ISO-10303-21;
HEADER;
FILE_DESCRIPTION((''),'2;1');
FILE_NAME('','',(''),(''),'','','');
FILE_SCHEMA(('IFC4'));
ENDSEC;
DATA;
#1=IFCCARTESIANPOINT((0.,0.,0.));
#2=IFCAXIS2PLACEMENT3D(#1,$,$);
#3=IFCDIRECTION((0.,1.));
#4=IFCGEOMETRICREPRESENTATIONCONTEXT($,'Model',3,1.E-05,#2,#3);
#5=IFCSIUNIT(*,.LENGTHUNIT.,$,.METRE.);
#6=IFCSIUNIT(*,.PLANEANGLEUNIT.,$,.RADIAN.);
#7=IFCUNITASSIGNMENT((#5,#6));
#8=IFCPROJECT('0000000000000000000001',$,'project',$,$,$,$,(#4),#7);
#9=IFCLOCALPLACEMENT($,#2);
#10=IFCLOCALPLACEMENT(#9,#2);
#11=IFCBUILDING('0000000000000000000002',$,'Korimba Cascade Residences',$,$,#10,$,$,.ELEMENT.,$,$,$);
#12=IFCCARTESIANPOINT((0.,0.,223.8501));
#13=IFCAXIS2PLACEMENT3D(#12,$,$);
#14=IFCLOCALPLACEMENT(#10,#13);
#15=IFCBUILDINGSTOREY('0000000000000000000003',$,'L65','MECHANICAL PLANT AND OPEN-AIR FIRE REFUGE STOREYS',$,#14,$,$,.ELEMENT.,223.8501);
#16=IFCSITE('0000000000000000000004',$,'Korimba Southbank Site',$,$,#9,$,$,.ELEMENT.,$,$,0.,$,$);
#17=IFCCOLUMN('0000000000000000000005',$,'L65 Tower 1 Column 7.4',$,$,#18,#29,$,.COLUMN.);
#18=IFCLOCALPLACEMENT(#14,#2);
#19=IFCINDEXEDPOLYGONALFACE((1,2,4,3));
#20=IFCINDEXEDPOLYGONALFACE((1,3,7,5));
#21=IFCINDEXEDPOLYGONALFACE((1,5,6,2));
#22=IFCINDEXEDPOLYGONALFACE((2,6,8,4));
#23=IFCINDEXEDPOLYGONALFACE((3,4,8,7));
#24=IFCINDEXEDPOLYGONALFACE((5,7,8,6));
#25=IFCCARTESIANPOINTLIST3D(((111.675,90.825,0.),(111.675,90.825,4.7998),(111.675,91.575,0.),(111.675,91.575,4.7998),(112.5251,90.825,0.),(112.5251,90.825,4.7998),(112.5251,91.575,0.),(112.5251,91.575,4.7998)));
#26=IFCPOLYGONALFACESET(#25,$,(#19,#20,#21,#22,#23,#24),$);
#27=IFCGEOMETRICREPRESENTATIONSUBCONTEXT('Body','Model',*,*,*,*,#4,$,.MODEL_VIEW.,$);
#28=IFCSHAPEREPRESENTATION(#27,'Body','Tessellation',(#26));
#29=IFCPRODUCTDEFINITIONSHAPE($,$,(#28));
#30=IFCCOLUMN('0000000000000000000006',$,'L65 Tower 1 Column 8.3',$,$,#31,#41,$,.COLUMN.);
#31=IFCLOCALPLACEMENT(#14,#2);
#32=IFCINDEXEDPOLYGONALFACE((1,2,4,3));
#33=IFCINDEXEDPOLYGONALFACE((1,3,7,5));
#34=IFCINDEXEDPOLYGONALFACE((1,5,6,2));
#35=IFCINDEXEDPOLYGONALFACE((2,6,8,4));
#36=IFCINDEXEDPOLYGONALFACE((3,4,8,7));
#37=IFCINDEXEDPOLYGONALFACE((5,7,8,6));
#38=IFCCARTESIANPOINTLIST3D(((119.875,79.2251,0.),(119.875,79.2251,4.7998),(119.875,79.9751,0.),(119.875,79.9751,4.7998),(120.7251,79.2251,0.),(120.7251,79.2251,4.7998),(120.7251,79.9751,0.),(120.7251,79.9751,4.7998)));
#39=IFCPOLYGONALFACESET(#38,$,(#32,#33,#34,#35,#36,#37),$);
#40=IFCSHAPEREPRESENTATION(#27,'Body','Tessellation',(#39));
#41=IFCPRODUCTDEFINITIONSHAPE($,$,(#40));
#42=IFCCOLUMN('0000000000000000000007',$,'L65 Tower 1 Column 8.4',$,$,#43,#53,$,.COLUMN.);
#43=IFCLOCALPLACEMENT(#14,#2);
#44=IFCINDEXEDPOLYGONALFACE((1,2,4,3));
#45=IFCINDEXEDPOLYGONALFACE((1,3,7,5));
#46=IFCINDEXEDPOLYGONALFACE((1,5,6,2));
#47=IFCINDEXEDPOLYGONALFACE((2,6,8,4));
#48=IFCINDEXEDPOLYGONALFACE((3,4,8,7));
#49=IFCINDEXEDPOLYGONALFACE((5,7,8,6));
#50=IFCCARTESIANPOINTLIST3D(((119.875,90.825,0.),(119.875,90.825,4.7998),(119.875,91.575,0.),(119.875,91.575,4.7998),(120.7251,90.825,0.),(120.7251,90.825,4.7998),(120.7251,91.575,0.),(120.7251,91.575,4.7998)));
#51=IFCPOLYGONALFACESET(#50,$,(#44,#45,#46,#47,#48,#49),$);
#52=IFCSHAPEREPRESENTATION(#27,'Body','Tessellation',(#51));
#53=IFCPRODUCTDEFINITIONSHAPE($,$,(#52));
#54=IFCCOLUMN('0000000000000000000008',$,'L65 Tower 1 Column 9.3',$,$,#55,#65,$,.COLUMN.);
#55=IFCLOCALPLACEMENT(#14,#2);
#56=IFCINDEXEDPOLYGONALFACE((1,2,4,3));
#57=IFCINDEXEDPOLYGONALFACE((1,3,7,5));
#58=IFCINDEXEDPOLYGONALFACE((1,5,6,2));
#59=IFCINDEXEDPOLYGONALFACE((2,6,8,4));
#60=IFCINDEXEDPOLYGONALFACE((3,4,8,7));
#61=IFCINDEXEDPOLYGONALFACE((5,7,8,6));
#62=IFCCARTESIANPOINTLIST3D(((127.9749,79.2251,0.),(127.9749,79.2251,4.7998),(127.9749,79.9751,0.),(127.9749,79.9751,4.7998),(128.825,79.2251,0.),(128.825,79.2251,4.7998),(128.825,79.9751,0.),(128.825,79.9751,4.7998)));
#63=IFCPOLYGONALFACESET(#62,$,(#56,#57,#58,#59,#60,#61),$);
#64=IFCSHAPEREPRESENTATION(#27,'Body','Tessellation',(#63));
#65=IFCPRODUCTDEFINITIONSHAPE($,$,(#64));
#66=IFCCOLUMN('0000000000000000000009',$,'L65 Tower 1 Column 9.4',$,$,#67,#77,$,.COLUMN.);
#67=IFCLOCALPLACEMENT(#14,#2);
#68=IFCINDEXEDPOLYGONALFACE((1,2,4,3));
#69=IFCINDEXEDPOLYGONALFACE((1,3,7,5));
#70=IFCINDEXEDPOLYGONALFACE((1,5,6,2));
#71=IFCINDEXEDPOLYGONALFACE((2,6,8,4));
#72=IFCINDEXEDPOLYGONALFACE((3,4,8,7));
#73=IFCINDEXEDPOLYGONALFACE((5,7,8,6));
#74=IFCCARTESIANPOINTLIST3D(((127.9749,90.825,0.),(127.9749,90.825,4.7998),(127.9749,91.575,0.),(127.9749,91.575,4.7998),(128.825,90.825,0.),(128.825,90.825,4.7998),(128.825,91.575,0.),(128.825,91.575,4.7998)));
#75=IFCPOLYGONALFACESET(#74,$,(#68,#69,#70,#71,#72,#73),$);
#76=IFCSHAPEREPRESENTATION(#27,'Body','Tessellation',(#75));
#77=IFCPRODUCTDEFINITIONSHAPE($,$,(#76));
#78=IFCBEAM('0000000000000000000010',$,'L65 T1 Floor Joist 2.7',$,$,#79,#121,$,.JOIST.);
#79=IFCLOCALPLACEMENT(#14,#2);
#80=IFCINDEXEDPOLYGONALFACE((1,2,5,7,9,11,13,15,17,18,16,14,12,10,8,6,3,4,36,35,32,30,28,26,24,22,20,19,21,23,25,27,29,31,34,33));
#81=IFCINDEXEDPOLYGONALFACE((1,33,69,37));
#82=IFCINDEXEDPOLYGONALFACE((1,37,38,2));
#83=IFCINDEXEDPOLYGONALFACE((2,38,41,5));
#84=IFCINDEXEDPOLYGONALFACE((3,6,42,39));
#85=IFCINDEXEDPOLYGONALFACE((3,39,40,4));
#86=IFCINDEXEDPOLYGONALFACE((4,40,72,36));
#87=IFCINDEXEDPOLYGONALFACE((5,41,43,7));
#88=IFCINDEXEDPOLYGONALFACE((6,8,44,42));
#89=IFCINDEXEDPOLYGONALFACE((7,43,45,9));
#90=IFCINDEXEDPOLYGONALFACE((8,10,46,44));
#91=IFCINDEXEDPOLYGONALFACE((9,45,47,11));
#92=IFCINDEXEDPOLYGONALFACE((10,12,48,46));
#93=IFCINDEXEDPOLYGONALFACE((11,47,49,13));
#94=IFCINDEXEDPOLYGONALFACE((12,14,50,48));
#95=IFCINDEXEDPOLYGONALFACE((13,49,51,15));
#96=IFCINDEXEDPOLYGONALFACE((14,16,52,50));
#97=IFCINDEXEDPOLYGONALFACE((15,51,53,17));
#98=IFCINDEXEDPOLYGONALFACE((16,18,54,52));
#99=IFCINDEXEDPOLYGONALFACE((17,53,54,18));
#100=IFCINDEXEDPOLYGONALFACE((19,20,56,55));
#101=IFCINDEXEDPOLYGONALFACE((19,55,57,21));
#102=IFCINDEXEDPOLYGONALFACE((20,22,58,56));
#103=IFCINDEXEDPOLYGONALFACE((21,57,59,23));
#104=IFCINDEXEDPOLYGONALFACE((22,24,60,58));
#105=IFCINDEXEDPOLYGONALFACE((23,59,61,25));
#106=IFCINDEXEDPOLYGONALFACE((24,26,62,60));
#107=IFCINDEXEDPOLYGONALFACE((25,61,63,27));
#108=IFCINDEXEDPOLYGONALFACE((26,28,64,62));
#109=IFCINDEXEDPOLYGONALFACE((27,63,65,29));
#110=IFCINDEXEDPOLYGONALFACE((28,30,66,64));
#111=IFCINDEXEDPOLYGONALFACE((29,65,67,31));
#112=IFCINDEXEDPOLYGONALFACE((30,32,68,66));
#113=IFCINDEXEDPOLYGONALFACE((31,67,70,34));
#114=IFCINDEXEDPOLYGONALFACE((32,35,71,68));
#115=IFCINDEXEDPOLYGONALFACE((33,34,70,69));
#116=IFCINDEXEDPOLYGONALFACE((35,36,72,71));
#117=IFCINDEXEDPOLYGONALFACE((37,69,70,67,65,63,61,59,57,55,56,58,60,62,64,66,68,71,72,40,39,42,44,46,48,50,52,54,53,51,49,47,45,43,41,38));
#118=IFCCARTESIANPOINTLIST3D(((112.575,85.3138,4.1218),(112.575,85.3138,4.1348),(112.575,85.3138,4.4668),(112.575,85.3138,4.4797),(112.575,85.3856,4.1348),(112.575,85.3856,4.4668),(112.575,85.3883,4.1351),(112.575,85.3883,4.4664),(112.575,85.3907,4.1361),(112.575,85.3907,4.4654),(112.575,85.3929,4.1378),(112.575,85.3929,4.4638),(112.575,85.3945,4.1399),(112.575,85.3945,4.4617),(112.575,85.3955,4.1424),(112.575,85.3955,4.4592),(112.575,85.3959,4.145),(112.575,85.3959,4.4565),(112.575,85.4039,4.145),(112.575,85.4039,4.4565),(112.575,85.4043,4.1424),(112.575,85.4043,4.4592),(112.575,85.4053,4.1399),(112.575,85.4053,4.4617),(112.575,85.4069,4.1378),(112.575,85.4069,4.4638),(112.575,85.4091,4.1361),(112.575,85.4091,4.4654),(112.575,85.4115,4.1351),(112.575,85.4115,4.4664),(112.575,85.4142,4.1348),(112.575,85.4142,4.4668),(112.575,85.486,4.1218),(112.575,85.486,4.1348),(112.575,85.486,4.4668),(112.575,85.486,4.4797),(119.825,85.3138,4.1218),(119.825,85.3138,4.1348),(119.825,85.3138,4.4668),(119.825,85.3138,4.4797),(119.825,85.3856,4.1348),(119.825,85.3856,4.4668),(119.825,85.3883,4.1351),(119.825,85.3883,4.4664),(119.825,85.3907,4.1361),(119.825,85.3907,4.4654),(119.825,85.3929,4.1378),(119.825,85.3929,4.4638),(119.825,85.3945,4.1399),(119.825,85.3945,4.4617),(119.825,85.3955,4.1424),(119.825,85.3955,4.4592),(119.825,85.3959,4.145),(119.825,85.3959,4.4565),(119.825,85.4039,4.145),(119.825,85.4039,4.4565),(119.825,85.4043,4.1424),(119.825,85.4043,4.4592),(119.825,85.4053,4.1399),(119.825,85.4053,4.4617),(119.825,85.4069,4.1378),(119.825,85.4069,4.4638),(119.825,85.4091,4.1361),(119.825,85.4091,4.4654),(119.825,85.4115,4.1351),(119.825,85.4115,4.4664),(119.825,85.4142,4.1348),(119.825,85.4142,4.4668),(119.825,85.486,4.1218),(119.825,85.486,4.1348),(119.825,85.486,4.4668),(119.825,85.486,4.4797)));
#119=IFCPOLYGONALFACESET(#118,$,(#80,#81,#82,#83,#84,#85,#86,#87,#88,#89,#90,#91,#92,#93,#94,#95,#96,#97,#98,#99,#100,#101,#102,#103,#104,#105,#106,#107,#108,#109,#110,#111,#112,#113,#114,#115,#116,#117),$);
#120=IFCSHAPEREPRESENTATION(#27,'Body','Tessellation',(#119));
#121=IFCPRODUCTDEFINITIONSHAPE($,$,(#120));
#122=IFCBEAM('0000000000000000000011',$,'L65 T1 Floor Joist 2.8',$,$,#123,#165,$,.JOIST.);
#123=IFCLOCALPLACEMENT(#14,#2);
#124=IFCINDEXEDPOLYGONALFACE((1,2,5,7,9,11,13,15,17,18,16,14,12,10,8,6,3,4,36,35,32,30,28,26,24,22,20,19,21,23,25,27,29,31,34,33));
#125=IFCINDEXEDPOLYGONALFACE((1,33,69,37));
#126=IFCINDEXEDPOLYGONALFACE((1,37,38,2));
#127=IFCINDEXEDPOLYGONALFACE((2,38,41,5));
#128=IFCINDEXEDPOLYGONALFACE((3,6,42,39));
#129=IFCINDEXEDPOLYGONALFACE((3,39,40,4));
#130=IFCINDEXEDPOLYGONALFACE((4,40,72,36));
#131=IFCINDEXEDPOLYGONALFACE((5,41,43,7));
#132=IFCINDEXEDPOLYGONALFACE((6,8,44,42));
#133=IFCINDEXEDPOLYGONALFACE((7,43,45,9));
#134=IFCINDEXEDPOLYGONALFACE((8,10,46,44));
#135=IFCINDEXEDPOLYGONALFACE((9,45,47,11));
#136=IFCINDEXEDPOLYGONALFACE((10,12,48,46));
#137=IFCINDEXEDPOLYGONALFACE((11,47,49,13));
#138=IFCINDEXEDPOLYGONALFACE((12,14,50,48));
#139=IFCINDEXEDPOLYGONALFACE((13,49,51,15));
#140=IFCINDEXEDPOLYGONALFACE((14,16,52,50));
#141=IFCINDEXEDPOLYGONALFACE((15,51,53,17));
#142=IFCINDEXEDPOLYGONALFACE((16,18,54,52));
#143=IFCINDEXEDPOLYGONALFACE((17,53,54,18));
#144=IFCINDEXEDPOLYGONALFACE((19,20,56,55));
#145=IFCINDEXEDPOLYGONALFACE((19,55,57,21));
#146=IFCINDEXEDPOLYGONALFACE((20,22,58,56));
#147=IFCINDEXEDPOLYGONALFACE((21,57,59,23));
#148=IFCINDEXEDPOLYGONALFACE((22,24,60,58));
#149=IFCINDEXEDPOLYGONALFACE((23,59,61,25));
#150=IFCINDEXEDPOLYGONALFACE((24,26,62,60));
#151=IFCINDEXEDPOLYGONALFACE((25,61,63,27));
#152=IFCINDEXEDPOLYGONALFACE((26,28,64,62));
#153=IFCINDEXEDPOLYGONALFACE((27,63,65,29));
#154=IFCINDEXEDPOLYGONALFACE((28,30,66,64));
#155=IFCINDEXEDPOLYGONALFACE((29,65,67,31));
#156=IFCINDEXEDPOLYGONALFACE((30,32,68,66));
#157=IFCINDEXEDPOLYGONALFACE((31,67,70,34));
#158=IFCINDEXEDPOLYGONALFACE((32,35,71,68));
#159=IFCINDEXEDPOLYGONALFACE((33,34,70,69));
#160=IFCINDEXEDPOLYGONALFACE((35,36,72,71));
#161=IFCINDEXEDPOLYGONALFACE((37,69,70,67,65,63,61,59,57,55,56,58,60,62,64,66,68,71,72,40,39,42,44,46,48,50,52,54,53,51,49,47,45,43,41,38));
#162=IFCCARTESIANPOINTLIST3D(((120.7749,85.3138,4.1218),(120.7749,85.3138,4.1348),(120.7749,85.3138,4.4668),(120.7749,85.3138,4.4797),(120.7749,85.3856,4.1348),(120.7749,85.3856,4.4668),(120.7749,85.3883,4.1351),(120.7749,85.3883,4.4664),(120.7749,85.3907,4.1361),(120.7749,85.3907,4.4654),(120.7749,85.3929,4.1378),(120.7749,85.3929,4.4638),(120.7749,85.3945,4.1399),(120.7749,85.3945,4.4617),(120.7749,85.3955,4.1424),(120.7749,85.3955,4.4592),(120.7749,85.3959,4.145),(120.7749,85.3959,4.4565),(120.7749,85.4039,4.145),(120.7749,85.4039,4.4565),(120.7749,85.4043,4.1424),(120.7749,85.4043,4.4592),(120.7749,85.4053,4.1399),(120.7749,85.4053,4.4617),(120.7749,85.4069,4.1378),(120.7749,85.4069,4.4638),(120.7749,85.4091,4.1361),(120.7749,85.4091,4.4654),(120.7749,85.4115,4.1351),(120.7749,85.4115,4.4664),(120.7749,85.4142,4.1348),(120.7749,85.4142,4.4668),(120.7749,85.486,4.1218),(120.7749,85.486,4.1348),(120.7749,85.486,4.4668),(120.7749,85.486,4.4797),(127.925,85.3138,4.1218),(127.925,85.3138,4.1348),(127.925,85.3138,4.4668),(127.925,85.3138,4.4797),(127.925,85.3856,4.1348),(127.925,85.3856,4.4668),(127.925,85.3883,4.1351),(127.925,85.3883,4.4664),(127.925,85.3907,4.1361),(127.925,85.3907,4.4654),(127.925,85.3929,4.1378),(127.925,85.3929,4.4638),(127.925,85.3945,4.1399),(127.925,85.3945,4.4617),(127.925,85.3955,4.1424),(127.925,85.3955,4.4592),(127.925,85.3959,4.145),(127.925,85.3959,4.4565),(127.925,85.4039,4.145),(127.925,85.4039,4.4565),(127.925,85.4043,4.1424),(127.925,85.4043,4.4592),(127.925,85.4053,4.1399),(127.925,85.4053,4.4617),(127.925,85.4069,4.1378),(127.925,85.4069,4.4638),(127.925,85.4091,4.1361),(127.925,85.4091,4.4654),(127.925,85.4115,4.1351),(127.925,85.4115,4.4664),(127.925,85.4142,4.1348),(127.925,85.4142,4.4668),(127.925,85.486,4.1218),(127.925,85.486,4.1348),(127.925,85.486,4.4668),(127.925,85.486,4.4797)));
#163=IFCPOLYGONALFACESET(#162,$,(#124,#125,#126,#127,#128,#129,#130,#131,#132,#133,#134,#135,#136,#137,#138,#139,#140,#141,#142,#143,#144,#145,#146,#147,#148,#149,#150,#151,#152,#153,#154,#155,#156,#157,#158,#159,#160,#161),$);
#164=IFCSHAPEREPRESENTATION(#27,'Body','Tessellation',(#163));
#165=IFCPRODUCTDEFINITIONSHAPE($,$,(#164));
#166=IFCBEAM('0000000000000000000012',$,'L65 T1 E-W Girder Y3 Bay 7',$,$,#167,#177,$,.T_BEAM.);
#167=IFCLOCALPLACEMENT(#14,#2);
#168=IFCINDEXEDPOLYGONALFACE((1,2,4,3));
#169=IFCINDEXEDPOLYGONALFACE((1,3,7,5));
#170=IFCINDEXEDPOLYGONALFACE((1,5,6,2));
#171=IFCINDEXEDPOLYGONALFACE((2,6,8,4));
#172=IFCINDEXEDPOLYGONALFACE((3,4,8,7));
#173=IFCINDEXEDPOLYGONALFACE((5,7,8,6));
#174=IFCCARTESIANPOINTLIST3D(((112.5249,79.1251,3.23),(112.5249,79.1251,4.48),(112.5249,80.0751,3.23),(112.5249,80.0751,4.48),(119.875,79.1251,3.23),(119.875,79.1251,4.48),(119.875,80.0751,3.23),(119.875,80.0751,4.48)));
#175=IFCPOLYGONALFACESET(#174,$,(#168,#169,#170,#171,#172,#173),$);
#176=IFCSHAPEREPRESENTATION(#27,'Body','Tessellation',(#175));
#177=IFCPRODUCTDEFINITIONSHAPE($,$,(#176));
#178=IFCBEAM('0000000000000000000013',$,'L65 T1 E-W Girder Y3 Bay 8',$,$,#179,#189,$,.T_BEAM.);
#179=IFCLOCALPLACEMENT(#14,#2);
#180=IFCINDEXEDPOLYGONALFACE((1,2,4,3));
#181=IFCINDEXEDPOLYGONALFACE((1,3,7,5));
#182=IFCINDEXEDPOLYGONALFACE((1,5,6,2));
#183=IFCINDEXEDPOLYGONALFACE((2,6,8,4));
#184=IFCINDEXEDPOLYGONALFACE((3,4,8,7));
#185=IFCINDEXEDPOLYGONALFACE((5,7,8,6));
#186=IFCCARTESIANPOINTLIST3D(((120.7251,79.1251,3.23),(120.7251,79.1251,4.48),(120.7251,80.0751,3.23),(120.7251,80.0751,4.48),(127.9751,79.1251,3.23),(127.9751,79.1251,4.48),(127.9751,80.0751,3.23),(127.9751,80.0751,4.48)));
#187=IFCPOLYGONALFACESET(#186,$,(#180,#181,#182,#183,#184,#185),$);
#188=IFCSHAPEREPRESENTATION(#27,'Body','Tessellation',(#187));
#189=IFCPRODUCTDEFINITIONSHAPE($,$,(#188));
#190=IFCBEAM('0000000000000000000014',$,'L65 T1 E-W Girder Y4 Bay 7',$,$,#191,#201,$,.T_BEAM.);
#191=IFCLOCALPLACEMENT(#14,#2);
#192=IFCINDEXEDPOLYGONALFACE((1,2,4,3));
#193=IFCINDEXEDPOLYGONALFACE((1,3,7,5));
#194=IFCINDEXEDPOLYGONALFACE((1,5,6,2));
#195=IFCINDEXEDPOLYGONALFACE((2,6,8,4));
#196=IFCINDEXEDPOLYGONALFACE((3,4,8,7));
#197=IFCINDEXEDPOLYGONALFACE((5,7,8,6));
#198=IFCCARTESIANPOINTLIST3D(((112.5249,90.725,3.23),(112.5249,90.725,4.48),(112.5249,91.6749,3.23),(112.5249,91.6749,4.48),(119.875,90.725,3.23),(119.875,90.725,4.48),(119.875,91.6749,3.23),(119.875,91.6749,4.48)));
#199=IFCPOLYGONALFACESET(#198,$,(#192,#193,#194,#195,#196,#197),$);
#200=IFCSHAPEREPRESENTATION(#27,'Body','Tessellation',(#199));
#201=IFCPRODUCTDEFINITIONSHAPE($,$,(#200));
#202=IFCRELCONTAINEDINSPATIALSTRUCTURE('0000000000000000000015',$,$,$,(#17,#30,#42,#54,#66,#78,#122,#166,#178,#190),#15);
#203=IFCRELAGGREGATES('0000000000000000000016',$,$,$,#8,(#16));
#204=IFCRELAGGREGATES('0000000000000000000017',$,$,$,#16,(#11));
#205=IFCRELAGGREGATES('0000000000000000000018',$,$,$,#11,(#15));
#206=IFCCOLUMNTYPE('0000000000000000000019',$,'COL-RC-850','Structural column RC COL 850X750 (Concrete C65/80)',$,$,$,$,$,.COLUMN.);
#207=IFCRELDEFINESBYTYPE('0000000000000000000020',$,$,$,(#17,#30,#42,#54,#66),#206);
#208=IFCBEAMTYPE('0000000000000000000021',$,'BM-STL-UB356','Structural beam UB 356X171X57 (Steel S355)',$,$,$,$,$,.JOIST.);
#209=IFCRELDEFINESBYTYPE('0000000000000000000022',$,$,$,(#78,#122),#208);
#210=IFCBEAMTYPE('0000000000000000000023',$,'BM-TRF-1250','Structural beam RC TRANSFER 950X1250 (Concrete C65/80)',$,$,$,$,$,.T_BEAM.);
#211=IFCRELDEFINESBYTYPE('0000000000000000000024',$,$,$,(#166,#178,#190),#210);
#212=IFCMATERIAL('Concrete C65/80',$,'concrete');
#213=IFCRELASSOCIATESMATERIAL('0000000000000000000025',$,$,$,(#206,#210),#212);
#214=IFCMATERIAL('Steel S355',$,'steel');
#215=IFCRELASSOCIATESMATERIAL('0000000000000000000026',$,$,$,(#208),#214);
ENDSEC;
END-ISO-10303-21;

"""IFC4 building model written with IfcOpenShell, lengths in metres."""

from ifc_helpers import new_model, si_unit, direction, frame, origin, origin_2d, place, context, subcontext, project, spatial, rectangle, i_section, extrude, material, material_profile, profile_set, type_object, element, save


model = new_model("IFC4")

# Units and contexts
model_context = context("Model", 3, precision=1e-05, world=origin(), true_north=direction((0.0, 1.0)))
body_context = subcontext(model_context, "Body", "Model", "MODEL_VIEW")
ifc_project = project(units=[si_unit("LENGTHUNIT", "METRE"), si_unit("PLANEANGLEUNIT", "RADIAN")], contexts=[model_context])

# Site, building, storey
site_placement = place(None, origin())
site = spatial("IfcSite", under=ifc_project, at=site_placement, Name="Korimba Southbank Site", CompositionType="ELEMENT", RefElevation=0.0)
building_placement = place(site_placement, origin())
building = spatial("IfcBuilding", under=site, at=building_placement, Name="Korimba Cascade Residences", CompositionType="ELEMENT")
storey_placement = place(building_placement, frame((0.0, 0.0, 223.8501)))
storey = spatial("IfcBuildingStorey", under=building, at=storey_placement, Name="L65", Description="MECHANICAL PLANT AND OPEN-AIR FIRE REFUGE STOREYS", CompositionType="ELEMENT", Elevation=223.8501)

# Columns
ifc_material_1 = material(Name="Concrete C65/80", Category="concrete")
ifc_material_profile_1 = material_profile(ifc_material_1, rectangle(XDim=0.8501, YDim=0.75, at=origin_2d()), Name="Concrete C65/80")
ifc_profile_set_1 = profile_set([ifc_material_profile_1], Name="Concrete C65/80")
column_type = type_object("IfcColumnType", Name="COL-RC-850", Description="Structural column RC COL 850X750 (Concrete C65/80)", PredefinedType="COLUMN", material=ifc_profile_set_1)
for number, where, z_axis, x_axis, name in (
    (1, (112.1001, 91.2, 0.0), (0.0, 0.0, 1.0), (1.0, 0.0, 0.0), "L65 Tower 1 Column 7.4"),
    (2, (120.3, 79.6001, 0.0), (0.0, 0.0, 1.0), (1.0, 0.0, 0.0), "L65 Tower 1 Column 8.3"),
    (3, (120.3, 91.2, 0.0), (0.0, 0.0, 1.0), (1.0, 0.0, 0.0), "L65 Tower 1 Column 8.4"),
    (4, (128.3999, 79.6001, 0.0), (0.0, 0.0, 1.0), (1.0, 0.0, 0.0), "L65 Tower 1 Column 9.3"),
    (5, (128.3999, 91.2, 0.0), (0.0, 0.0, 1.0), (1.0, 0.0, 0.0), "L65 Tower 1 Column 9.4"),
):
    element("IfcColumn", number, at=place(storey_placement, frame(where, z_axis=z_axis, x_axis=x_axis)), inside=storey, type_object=column_type, Name=name, PredefinedType="COLUMN", context=body_context, shape_type="SweptSolid", body=[
        extrude(rectangle(XDim=0.8501, YDim=0.75, at=origin_2d()), origin(), (0.0, 0.0, 1.0), 4.7998),
    ])

# Beams
ifc_material_2 = material(Name="Steel S355", Category="steel")
ifc_material_profile_2 = material_profile(ifc_material_2, i_section(OverallWidth=0.1721, OverallDepth=0.3579, WebThickness=0.0081, FlangeThickness=0.0129, FilletRadius=0.0103, at=origin_2d()), Name="Steel S355")
ifc_profile_set_2 = profile_set([ifc_material_profile_2], Name="Steel S355")
beam_type_1 = type_object("IfcBeamType", Name="BM-STL-UB356", Description="Structural beam UB 356X171X57 (Steel S355)", PredefinedType="JOIST", material=ifc_profile_set_2)
beam_1_placement = place(storey_placement, frame((112.575, 85.3999, 4.3008), z_axis=(1.0, 0.0, 0.0), x_axis=(0.0, 1.0, 0.0)))
element("IfcBeam", 6, at=beam_1_placement, inside=storey, type_object=beam_type_1, Name="L65 T1 Floor Joist 2.7", PredefinedType="JOIST", context=body_context, shape_type="SweptSolid", body=[
    extrude(i_section(OverallWidth=0.1721, OverallDepth=0.3579, WebThickness=0.0081, FlangeThickness=0.0129, FilletRadius=0.0103, at=origin_2d()), origin(), (0.0, 0.0, 1.0), 7.25),
])
beam_2_placement = place(storey_placement, frame((120.7749, 85.3999, 4.3008), z_axis=(1.0, 0.0, 0.0), x_axis=(0.0, 1.0, 0.0)))
element("IfcBeam", 7, at=beam_2_placement, inside=storey, type_object=beam_type_1, Name="L65 T1 Floor Joist 2.8", PredefinedType="JOIST", context=body_context, shape_type="SweptSolid", body=[
    extrude(i_section(OverallWidth=0.1721, OverallDepth=0.3579, WebThickness=0.0081, FlangeThickness=0.0129, FilletRadius=0.0103, at=origin_2d()), origin(), (0.0, 0.0, 1.0), 7.1501),
])
ifc_material_profile_3 = material_profile(ifc_material_1, rectangle(XDim=0.95, YDim=1.25, at=origin_2d()), Name="Concrete C65/80")
ifc_profile_set_3 = profile_set([ifc_material_profile_3], Name="Concrete C65/80")
beam_type_2 = type_object("IfcBeamType", Name="BM-TRF-1250", Description="Structural beam RC TRANSFER 950X1250 (Concrete C65/80)", PredefinedType="T_BEAM", material=ifc_profile_set_3)
beam_3_placement = place(storey_placement, frame((112.5249, 79.6001, 3.855), z_axis=(1.0, 0.0, 0.0), x_axis=(0.0, 1.0, 0.0)))
element("IfcBeam", 8, at=beam_3_placement, inside=storey, type_object=beam_type_2, Name="L65 T1 E-W Girder Y3 Bay 7", PredefinedType="T_BEAM", context=body_context, shape_type="SweptSolid", body=[
    extrude(rectangle(XDim=0.95, YDim=1.25, at=origin_2d()), origin(), (0.0, 0.0, 1.0), 7.3501),
])
beam_4_placement = place(storey_placement, frame((120.7251, 79.6001, 3.855), z_axis=(1.0, 0.0, 0.0), x_axis=(0.0, 1.0, 0.0)))
element("IfcBeam", 9, at=beam_4_placement, inside=storey, type_object=beam_type_2, Name="L65 T1 E-W Girder Y3 Bay 8", PredefinedType="T_BEAM", context=body_context, shape_type="SweptSolid", body=[
    extrude(rectangle(XDim=0.95, YDim=1.25, at=origin_2d()), origin(), (0.0, 0.0, 1.0), 7.25),
])
beam_5_placement = place(storey_placement, frame((112.5249, 91.2, 3.855), z_axis=(1.0, 0.0, 0.0), x_axis=(0.0, 1.0, 0.0)))
element("IfcBeam", 10, at=beam_5_placement, inside=storey, type_object=beam_type_2, Name="L65 T1 E-W Girder Y4 Bay 7", PredefinedType="T_BEAM", context=body_context, shape_type="SweptSolid", body=[
    extrude(rectangle(XDim=0.95, YDim=1.25, at=origin_2d()), origin(), (0.0, 0.0, 1.0), 7.3501),
])

save(model, "model.ifc")
